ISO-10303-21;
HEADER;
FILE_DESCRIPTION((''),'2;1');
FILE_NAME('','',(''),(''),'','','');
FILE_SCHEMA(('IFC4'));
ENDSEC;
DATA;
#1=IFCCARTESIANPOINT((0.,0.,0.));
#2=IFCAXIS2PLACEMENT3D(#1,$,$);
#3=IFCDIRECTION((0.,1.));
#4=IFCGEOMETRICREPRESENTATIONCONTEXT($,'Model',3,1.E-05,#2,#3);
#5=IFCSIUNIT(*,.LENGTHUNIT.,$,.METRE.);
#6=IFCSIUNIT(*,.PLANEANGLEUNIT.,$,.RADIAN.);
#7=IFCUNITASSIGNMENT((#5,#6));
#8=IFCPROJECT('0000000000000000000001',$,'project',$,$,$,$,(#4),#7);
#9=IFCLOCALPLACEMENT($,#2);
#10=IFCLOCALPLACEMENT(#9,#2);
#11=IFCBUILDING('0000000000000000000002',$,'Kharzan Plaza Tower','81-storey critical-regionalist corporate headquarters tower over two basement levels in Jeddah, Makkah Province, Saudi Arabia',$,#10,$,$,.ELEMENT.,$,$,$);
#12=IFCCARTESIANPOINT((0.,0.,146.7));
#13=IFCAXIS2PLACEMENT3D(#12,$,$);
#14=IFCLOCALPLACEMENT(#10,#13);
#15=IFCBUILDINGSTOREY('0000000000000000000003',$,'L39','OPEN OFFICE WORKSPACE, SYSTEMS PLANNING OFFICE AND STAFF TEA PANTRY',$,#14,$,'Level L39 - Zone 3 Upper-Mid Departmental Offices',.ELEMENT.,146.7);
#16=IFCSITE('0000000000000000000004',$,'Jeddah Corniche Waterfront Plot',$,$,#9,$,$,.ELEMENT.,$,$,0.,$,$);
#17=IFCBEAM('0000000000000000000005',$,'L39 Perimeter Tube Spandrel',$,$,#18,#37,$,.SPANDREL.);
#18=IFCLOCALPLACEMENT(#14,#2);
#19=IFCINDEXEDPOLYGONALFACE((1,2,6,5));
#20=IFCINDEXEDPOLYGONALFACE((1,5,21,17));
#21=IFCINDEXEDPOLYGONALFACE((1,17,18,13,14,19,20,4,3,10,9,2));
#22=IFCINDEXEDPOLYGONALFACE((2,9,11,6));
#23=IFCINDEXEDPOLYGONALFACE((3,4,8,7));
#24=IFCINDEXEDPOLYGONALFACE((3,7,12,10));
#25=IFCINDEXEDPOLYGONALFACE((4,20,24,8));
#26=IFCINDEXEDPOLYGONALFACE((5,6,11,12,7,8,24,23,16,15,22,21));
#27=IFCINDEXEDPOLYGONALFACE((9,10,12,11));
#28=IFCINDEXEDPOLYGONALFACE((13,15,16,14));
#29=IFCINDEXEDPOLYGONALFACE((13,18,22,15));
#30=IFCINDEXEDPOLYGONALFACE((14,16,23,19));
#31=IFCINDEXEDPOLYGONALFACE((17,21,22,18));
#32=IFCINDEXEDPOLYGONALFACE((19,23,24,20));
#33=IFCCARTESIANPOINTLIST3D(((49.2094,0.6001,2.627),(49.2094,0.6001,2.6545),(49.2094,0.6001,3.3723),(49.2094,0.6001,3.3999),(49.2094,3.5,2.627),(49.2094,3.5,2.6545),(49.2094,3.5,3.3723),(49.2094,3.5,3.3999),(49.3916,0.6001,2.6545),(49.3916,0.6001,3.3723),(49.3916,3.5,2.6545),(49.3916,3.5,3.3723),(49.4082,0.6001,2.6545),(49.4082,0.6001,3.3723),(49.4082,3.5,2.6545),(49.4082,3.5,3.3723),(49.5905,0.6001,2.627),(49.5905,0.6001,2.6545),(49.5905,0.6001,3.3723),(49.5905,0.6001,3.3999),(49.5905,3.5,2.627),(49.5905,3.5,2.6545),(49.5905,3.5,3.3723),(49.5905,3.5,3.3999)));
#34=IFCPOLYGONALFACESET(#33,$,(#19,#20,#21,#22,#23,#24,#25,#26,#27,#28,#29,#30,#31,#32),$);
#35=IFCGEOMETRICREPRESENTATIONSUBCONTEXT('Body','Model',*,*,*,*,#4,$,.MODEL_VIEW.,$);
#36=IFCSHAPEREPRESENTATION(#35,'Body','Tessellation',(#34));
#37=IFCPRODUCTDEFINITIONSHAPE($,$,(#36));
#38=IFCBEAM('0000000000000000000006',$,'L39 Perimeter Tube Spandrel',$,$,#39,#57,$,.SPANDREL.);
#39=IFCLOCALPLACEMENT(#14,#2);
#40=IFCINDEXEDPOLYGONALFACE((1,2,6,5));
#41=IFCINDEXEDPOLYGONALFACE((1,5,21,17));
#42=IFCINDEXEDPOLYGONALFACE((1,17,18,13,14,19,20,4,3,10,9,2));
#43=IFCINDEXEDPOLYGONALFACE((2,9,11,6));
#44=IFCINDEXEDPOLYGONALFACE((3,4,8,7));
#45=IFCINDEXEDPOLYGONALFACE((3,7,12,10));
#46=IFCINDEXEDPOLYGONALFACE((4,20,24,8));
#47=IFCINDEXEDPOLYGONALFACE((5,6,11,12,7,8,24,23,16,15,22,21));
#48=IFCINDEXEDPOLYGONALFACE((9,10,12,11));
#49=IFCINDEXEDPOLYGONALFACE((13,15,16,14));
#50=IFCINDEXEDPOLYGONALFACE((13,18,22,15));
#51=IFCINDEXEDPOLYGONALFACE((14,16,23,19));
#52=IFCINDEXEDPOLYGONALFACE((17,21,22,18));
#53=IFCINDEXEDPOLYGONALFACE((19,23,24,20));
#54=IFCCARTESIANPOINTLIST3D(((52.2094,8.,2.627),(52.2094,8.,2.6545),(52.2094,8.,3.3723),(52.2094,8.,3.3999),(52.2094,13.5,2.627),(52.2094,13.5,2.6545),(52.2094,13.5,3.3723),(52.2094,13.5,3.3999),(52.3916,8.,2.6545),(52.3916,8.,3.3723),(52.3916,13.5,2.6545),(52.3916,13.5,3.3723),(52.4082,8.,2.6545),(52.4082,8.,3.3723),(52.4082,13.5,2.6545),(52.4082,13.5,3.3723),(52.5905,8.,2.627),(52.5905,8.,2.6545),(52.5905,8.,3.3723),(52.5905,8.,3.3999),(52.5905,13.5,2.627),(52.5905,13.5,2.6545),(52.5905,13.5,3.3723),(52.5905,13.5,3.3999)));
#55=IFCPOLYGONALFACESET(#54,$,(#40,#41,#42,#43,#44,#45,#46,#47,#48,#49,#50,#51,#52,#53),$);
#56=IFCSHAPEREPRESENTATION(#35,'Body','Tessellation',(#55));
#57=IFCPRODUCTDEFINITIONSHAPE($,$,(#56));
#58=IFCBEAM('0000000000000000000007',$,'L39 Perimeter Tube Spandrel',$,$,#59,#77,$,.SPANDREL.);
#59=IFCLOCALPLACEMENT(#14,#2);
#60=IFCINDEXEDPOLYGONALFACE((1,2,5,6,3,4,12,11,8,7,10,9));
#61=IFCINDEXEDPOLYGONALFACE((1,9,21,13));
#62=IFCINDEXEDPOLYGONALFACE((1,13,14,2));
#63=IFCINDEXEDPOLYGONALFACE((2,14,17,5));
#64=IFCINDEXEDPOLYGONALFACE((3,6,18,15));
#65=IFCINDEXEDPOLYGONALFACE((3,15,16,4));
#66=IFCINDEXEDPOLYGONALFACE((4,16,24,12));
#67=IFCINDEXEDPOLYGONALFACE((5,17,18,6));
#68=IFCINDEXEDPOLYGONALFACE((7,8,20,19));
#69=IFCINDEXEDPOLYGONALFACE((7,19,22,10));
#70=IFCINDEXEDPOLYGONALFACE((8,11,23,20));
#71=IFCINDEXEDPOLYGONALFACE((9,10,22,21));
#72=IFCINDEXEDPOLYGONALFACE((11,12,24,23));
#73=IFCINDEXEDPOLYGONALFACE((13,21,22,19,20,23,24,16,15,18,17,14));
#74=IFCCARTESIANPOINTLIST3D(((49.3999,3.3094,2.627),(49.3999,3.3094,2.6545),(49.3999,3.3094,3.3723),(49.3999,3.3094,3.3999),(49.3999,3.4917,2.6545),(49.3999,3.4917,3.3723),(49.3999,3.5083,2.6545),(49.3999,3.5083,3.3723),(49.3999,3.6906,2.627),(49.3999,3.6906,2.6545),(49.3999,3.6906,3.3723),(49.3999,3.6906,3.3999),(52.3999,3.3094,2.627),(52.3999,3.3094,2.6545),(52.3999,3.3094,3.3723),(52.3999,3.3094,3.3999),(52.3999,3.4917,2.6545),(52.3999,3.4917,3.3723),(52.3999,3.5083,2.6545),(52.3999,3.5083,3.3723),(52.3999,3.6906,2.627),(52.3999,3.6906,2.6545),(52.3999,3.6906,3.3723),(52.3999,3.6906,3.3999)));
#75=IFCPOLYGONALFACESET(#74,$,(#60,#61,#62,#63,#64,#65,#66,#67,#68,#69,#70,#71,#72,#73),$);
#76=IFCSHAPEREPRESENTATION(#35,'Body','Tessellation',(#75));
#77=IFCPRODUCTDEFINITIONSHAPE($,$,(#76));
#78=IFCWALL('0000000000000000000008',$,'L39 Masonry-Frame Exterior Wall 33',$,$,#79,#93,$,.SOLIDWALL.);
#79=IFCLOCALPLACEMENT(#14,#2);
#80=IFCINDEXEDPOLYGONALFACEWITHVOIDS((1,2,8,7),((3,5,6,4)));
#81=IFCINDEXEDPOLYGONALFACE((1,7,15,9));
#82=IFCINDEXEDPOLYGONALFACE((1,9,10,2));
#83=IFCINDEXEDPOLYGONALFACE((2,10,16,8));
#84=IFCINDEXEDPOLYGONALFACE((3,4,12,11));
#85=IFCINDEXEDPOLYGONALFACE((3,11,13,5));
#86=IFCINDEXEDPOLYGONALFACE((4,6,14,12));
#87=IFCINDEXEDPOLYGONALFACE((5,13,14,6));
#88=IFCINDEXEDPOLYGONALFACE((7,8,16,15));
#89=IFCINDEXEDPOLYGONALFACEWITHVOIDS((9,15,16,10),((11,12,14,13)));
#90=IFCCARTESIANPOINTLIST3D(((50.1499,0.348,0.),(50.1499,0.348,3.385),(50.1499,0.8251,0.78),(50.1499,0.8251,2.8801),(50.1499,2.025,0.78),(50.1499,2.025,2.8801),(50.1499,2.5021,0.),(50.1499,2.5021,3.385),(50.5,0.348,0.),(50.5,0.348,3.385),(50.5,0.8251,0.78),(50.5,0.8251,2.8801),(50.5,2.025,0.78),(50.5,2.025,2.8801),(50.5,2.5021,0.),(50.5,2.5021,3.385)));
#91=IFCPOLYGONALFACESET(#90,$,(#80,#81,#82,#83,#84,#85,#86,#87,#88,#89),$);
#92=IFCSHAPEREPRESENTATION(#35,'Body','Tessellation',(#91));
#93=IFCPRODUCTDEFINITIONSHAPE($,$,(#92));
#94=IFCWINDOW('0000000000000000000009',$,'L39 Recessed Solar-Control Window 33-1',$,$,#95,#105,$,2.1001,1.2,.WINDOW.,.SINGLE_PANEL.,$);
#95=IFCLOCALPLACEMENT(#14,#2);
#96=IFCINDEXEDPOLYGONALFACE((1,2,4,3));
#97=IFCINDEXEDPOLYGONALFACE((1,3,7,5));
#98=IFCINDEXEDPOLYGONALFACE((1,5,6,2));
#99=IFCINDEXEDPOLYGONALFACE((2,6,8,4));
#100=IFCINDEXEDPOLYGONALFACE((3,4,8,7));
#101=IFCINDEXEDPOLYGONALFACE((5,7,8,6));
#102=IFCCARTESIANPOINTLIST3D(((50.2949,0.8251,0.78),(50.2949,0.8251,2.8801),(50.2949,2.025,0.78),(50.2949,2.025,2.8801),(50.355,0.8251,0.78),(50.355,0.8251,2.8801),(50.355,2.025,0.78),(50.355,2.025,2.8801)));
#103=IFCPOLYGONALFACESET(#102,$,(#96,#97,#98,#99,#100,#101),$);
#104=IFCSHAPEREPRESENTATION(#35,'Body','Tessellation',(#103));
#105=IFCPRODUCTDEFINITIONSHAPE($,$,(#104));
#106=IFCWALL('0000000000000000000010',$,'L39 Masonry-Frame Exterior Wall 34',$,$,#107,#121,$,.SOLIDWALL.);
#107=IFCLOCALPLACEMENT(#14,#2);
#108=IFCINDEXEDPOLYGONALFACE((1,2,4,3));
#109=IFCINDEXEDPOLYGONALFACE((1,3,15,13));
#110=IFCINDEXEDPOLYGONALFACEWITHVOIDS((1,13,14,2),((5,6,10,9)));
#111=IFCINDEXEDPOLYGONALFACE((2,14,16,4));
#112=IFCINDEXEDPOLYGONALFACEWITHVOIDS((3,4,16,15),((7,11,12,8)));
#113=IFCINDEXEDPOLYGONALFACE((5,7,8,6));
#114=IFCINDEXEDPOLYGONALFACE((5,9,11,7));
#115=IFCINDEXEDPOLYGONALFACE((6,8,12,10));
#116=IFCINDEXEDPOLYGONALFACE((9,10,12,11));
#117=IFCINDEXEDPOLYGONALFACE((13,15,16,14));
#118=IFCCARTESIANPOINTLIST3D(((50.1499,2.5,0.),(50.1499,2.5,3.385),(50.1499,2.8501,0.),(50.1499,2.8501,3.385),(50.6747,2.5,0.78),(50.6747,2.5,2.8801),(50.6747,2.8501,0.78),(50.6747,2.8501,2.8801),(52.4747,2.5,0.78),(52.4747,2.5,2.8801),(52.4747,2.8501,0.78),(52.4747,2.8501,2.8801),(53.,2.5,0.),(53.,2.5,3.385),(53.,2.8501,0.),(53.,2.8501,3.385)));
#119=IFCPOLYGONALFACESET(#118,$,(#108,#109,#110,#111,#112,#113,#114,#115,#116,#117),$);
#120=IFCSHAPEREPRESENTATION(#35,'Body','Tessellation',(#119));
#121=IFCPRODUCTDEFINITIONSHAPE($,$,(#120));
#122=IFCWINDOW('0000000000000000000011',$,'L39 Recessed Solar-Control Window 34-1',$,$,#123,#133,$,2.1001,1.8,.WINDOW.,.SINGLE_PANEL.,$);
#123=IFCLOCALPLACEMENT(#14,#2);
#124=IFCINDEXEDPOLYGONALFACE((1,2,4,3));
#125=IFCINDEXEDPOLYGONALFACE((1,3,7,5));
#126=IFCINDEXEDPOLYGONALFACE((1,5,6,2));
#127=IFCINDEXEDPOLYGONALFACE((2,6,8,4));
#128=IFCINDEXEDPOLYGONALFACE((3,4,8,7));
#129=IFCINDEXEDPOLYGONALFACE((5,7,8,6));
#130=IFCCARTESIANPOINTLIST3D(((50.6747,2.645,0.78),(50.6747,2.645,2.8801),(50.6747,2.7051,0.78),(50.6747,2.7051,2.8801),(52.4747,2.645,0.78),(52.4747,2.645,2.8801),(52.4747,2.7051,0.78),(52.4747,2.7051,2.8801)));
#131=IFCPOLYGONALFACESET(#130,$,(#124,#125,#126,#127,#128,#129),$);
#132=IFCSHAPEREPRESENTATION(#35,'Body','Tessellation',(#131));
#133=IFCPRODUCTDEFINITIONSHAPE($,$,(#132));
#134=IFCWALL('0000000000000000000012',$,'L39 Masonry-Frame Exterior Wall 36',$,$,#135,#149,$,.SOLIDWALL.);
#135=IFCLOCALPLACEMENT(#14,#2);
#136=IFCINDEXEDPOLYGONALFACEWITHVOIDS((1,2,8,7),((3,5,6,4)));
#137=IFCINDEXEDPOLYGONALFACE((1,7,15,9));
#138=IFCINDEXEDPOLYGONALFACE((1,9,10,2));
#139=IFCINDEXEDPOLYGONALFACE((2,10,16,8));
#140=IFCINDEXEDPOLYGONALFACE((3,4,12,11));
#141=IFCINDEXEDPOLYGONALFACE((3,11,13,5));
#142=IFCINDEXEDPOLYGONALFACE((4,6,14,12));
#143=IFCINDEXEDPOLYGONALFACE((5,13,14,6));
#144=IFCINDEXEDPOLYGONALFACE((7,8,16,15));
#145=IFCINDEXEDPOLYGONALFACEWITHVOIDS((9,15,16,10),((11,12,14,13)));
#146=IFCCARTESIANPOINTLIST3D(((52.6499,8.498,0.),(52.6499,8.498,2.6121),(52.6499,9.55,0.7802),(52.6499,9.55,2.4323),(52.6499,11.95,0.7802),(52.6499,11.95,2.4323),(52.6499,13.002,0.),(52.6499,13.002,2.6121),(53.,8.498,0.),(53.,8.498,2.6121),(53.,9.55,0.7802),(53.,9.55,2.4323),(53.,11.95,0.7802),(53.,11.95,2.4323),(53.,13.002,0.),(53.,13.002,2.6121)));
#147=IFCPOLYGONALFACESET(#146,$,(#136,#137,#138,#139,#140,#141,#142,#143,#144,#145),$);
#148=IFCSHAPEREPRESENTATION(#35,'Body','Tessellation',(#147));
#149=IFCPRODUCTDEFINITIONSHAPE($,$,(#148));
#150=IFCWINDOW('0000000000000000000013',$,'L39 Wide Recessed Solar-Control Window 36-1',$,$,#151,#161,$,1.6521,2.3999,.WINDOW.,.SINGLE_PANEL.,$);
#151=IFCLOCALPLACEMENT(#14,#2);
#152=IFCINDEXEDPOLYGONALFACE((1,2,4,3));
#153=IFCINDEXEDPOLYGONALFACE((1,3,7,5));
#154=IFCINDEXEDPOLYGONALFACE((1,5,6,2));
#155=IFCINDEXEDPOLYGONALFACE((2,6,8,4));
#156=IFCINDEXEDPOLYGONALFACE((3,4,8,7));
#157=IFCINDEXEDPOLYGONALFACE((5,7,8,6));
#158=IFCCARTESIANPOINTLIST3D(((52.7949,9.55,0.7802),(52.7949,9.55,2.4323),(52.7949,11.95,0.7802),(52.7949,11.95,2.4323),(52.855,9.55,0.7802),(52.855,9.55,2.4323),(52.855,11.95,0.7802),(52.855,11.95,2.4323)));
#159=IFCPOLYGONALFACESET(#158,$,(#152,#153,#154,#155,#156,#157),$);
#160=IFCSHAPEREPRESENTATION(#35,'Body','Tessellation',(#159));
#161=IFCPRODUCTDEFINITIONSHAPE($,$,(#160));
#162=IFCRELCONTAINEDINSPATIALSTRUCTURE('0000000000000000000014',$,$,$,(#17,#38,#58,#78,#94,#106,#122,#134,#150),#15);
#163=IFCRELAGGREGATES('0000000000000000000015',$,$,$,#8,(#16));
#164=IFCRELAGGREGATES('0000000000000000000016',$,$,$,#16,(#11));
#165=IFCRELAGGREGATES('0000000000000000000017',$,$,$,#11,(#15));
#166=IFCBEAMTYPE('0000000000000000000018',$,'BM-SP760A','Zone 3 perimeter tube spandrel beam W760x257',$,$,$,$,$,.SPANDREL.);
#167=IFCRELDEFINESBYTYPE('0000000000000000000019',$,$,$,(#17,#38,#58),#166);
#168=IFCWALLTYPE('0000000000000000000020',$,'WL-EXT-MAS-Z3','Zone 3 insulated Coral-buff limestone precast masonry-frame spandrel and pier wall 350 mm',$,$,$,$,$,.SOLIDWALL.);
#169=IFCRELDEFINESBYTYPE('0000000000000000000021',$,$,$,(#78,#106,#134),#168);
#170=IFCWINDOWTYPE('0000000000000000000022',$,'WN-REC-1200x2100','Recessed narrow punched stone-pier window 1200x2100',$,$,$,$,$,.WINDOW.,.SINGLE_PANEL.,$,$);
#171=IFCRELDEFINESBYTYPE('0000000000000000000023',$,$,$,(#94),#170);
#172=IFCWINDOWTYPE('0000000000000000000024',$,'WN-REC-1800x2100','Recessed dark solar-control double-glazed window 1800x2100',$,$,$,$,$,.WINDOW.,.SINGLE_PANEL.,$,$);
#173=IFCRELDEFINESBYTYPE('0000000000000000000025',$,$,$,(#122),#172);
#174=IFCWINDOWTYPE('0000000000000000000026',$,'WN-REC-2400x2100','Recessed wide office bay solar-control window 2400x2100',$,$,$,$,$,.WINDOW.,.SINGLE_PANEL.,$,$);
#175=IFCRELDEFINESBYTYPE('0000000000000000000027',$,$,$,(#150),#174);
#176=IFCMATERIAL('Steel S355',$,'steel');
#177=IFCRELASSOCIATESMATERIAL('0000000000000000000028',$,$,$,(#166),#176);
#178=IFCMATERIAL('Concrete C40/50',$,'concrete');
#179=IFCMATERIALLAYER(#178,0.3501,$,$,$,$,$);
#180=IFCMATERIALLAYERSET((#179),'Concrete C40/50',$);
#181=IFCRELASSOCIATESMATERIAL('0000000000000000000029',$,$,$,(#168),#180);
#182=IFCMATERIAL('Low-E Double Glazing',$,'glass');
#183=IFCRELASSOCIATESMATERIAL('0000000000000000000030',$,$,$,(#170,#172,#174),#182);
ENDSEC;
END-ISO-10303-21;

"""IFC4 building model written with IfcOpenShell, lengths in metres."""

from ifc_helpers import new_model, si_unit, direction, frame, frame_2d, origin, origin_2d, place, context, subcontext, project, spatial, rectangle, i_section, extrude, source, transform, mapped, material, layer, layer_set, material_profile, profile_set, type_object, element, fill, save


model = new_model("IFC4")

# Units and contexts
model_context = context("Model", 3, precision=1e-05, world=origin(), true_north=direction((0.0, 1.0)))
body_context = subcontext(model_context, "Body", "Model", "MODEL_VIEW")
ifc_project = project(units=[si_unit("LENGTHUNIT", "METRE"), si_unit("PLANEANGLEUNIT", "RADIAN")], contexts=[model_context])

# Site, building, storey
site_placement = place(None, origin())
site = spatial("IfcSite", under=ifc_project, at=site_placement, Name="Jeddah Corniche Waterfront Plot", CompositionType="ELEMENT", RefElevation=0.0)
building_placement = place(site_placement, origin())
building = spatial("IfcBuilding", under=site, at=building_placement, Name="Kharzan Plaza Tower", Description="81-storey critical-regionalist corporate headquarters tower over two basement levels in Jeddah, Makkah Province, Saudi Arabia", CompositionType="ELEMENT")
storey_placement = place(building_placement, frame((0.0, 0.0, 146.7)))
storey = spatial("IfcBuildingStorey", under=building, at=storey_placement, Name="L39", Description="OPEN OFFICE WORKSPACE, SYSTEMS PLANNING OFFICE AND STAFF TEA PANTRY", LongName="Level L39 - Zone 3 Upper-Mid Departmental Offices", CompositionType="ELEMENT", Elevation=146.7)

# Beams
ifc_material_1 = material(Name="Steel S355", Category="steel")
ifc_material_profile_1 = material_profile(ifc_material_1, i_section(OverallWidth=0.3811, OverallDepth=0.7729, WebThickness=0.0166, FlangeThickness=0.0276, at=origin_2d()), Name="W760x257")
ifc_profile_set_1 = profile_set([ifc_material_profile_1], Name="Steel S355")
beam_type_1 = type_object("IfcBeamType", Name="BM-SP760A", Description="Zone 3 perimeter tube spandrel beam W760x257", PredefinedType="SPANDREL", material=ifc_profile_set_1)
shared_shape_1 = source(origin(), body_context, "Body", "SweptSolid", [
    extrude(i_section(OverallWidth=0.3811, OverallDepth=0.7729, WebThickness=0.0166, FlangeThickness=0.0276, at=origin_2d()), origin(), (0.0, 0.0, 1.0), 2.8999),
])
beam_1_placement = place(storey_placement, frame((49.3999, 0.6001, 3.0134), z_axis=(0.0, 1.0, 0.0), x_axis=(-1.0, 0.0, 0.0)))
element("IfcBeam", 1, at=beam_1_placement, inside=storey, type_object=beam_type_1, Name="L39 Perimeter Tube Spandrel", PredefinedType="SPANDREL", context=body_context, shape_type="MappedRepresentation", body=[
    mapped(shared_shape_1, transform((0.0, 0.0, 0.0), x_axis=(1.0, 0.0, 0.0), y_axis=(0.0, 1.0, 0.0), z_axis=(0.0, 0.0, 1.0))),
])
shared_shape_2 = source(origin(), body_context, "Body", "SweptSolid", [
    extrude(i_section(OverallWidth=0.3811, OverallDepth=0.7729, WebThickness=0.0166, FlangeThickness=0.0276, at=origin_2d()), origin(), (0.0, 0.0, 1.0), 5.5),
])
beam_2_placement = place(storey_placement, frame((52.3999, 8.0, 3.0134), z_axis=(0.0, 1.0, 0.0), x_axis=(-1.0, 0.0, 0.0)))
element("IfcBeam", 2, at=beam_2_placement, inside=storey, type_object=beam_type_1, Name="L39 Perimeter Tube Spandrel", PredefinedType="SPANDREL", context=body_context, shape_type="MappedRepresentation", body=[
    mapped(shared_shape_2, transform((0.0, 0.0, 0.0), x_axis=(1.0, 0.0, 0.0), y_axis=(0.0, 1.0, 0.0), z_axis=(0.0, 0.0, 1.0))),
])
shared_shape_3 = source(origin(), body_context, "Body", "SweptSolid", [
    extrude(i_section(OverallWidth=0.3811, OverallDepth=0.7729, WebThickness=0.0166, FlangeThickness=0.0276, at=origin_2d()), origin(), (0.0, 0.0, 1.0), 3.0),
])
beam_3_placement = place(storey_placement, frame((49.3999, 3.5, 3.0134), z_axis=(1.0, 0.0, 0.0), x_axis=(0.0, 1.0, 0.0)))
element("IfcBeam", 3, at=beam_3_placement, inside=storey, type_object=beam_type_1, Name="L39 Perimeter Tube Spandrel", PredefinedType="SPANDREL", context=body_context, shape_type="MappedRepresentation", body=[
    mapped(shared_shape_3, transform((0.0, 0.0, 0.0), x_axis=(1.0, 0.0, 0.0), y_axis=(0.0, 1.0, 0.0), z_axis=(0.0, 0.0, 1.0))),
])

# Walls, openings, windows
ifc_material_2 = material(Name="Concrete C40/50", Category="concrete")
ifc_layer_1 = layer(ifc_material_2, 0.3501)
ifc_layer_set_1 = layer_set([ifc_layer_1], Name="Concrete C40/50")
wall_type_1 = type_object("IfcWallType", Name="WL-EXT-MAS-Z3", Description="Zone 3 insulated Coral-buff limestone precast masonry-frame spandrel and pier wall 350 mm", PredefinedType="SOLIDWALL", material=ifc_layer_set_1)
wall_1_placement = place(storey_placement, frame((50.325, 0.3479, 0.0), z_axis=(0.0, 0.0, 1.0), x_axis=(0.0, 1.0, 0.0)))
wall_1 = element("IfcWall", 4, at=wall_1_placement, inside=storey, type_object=wall_type_1, Name="L39 Masonry-Frame Exterior Wall 33", PredefinedType="SOLIDWALL", context=body_context, shape_type="SweptSolid", body=[
    extrude(rectangle(XDim=2.1541, YDim=0.3501, at=frame_2d((1.0771, 0.0))), origin(), (0.0, 0.0, 1.0), 3.385),
])
opening_1_placement = place(wall_1_placement, frame((0.4771, 0.0, 0.78)))
opening_1 = element("IfcOpeningElement", 5, at=opening_1_placement, cuts=wall_1, PredefinedType="OPENING", context=body_context, shape_type="SweptSolid", body=[
    extrude(rectangle(XDim=1.2, YDim=2.1001, at=frame_2d((0.6001, 1.05))), frame((0.0, 0.1851, 0.0), z_axis=(0.0, -1.0, 0.0), x_axis=(1.0, 0.0, 0.0)), (0.0, 0.0, 1.0), 0.3701),
])
ifc_material_3 = material(Name="Low-E Double Glazing", Category="glass")
window_type_1 = type_object("IfcWindowType", Name="WN-REC-1200x2100", Description="Recessed narrow punched stone-pier window 1200x2100", PartitioningType="SINGLE_PANEL", PredefinedType="WINDOW", material=ifc_material_3)
shared_shape_4 = source(origin(), body_context, "Body", "SweptSolid", [
    extrude(rectangle(XDim=1.2, YDim=2.1001, at=frame_2d((0.6001, 1.05))), frame((0.0, 0.03, 0.0), z_axis=(0.0, -1.0, 0.0), x_axis=(1.0, 0.0, 0.0)), (0.0, 0.0, 1.0), 0.0601),
])
window_1_placement = place(opening_1_placement, origin())
window_1 = element("IfcWindow", 6, at=window_1_placement, inside=storey, type_object=window_type_1, Name="L39 Recessed Solar-Control Window 33-1", OverallHeight=2.1001, OverallWidth=1.2, PartitioningType="SINGLE_PANEL", PredefinedType="WINDOW", context=body_context, shape_type="MappedRepresentation", body=[
    mapped(shared_shape_4, transform((0.0, 0.0, 0.0), x_axis=(1.0, 0.0, 0.0), y_axis=(0.0, 1.0, 0.0), z_axis=(0.0, 0.0, 1.0))),
])
fill(opening_1, window_1)
wall_2_placement = place(storey_placement, frame((50.1499, 2.675, 0.0), z_axis=(0.0, 0.0, 1.0), x_axis=(1.0, 0.0, 0.0)))
wall_2 = element("IfcWall", 7, at=wall_2_placement, inside=storey, type_object=wall_type_1, Name="L39 Masonry-Frame Exterior Wall 34", PredefinedType="SOLIDWALL", context=body_context, shape_type="SweptSolid", body=[
    extrude(rectangle(XDim=2.8501, YDim=0.3501, at=frame_2d((1.425, 0.0))), origin(), (0.0, 0.0, 1.0), 3.385),
])
opening_2_placement = place(wall_2_placement, frame((0.5249, 0.0, 0.78)))
opening_2 = element("IfcOpeningElement", 8, at=opening_2_placement, cuts=wall_2, PredefinedType="OPENING", context=body_context, shape_type="SweptSolid", body=[
    extrude(rectangle(XDim=1.8, YDim=2.1001, at=frame_2d((0.8999, 1.05))), frame((0.0, 0.1851, 0.0), z_axis=(0.0, -1.0, 0.0), x_axis=(1.0, 0.0, 0.0)), (0.0, 0.0, 1.0), 0.3701),
])
window_type_2 = type_object("IfcWindowType", Name="WN-REC-1800x2100", Description="Recessed dark solar-control double-glazed window 1800x2100", PartitioningType="SINGLE_PANEL", PredefinedType="WINDOW", material=ifc_material_3)
shared_shape_5 = source(origin(), body_context, "Body", "SweptSolid", [
    extrude(rectangle(XDim=1.8, YDim=2.1001, at=frame_2d((0.8999, 1.05))), frame((0.0, 0.03, 0.0), z_axis=(0.0, -1.0, 0.0), x_axis=(1.0, 0.0, 0.0)), (0.0, 0.0, 1.0), 0.0601),
])
window_2_placement = place(opening_2_placement, origin())
window_2 = element("IfcWindow", 9, at=window_2_placement, inside=storey, type_object=window_type_2, Name="L39 Recessed Solar-Control Window 34-1", OverallHeight=2.1001, OverallWidth=1.8, PartitioningType="SINGLE_PANEL", PredefinedType="WINDOW", context=body_context, shape_type="MappedRepresentation", body=[
    mapped(shared_shape_5, transform((0.0, 0.0, 0.0), x_axis=(1.0, 0.0, 0.0), y_axis=(0.0, 1.0, 0.0), z_axis=(0.0, 0.0, 1.0))),
])
fill(opening_2, window_2)
wall_3_placement = place(storey_placement, frame((52.825, 8.498, 0.0), z_axis=(0.0, 0.0, 1.0), x_axis=(0.0, 1.0, 0.0)))
wall_3 = element("IfcWall", 10, at=wall_3_placement, inside=storey, type_object=wall_type_1, Name="L39 Masonry-Frame Exterior Wall 36", PredefinedType="SOLIDWALL", context=body_context, shape_type="SweptSolid", body=[
    extrude(rectangle(XDim=4.5039, YDim=0.3501, at=frame_2d((2.252, 0.0))), origin(), (0.0, 0.0, 1.0), 2.6121),
])
opening_3_placement = place(wall_3_placement, frame((1.052, 0.0, 0.78)))
opening_3 = element("IfcOpeningElement", 11, at=opening_3_placement, cuts=wall_3, PredefinedType="OPENING", context=body_context, shape_type="SweptSolid", body=[
    extrude(rectangle(XDim=2.3999, YDim=1.6521, at=frame_2d((1.2, 0.8262))), frame((0.0, 0.1851, 0.0), z_axis=(0.0, -1.0, 0.0), x_axis=(1.0, 0.0, 0.0)), (0.0, 0.0, 1.0), 0.3701),
])
window_type_3 = type_object("IfcWindowType", Name="WN-REC-2400x2100", Description="Recessed wide office bay solar-control window 2400x2100", PartitioningType="SINGLE_PANEL", PredefinedType="WINDOW", material=ifc_material_3)
shared_shape_6 = source(origin(), body_context, "Body", "SweptSolid", [
    extrude(rectangle(XDim=2.3999, YDim=1.6521, at=frame_2d((1.2, 0.8262))), frame((0.0, 0.03, 0.0), z_axis=(0.0, -1.0, 0.0), x_axis=(1.0, 0.0, 0.0)), (0.0, 0.0, 1.0), 0.0601),
])
window_3_placement = place(opening_3_placement, origin())
window_3 = element("IfcWindow", 12, at=window_3_placement, inside=storey, type_object=window_type_3, Name="L39 Wide Recessed Solar-Control Window 36-1", OverallHeight=1.6521, OverallWidth=2.3999, PartitioningType="SINGLE_PANEL", PredefinedType="WINDOW", context=body_context, shape_type="MappedRepresentation", body=[
    mapped(shared_shape_6, transform((0.0, 0.0, 0.0), x_axis=(1.0, 0.0, 0.0), y_axis=(0.0, 1.0, 0.0), z_axis=(0.0, 0.0, 1.0))),
])
fill(opening_3, window_3)

save(model, "model.ifc")
